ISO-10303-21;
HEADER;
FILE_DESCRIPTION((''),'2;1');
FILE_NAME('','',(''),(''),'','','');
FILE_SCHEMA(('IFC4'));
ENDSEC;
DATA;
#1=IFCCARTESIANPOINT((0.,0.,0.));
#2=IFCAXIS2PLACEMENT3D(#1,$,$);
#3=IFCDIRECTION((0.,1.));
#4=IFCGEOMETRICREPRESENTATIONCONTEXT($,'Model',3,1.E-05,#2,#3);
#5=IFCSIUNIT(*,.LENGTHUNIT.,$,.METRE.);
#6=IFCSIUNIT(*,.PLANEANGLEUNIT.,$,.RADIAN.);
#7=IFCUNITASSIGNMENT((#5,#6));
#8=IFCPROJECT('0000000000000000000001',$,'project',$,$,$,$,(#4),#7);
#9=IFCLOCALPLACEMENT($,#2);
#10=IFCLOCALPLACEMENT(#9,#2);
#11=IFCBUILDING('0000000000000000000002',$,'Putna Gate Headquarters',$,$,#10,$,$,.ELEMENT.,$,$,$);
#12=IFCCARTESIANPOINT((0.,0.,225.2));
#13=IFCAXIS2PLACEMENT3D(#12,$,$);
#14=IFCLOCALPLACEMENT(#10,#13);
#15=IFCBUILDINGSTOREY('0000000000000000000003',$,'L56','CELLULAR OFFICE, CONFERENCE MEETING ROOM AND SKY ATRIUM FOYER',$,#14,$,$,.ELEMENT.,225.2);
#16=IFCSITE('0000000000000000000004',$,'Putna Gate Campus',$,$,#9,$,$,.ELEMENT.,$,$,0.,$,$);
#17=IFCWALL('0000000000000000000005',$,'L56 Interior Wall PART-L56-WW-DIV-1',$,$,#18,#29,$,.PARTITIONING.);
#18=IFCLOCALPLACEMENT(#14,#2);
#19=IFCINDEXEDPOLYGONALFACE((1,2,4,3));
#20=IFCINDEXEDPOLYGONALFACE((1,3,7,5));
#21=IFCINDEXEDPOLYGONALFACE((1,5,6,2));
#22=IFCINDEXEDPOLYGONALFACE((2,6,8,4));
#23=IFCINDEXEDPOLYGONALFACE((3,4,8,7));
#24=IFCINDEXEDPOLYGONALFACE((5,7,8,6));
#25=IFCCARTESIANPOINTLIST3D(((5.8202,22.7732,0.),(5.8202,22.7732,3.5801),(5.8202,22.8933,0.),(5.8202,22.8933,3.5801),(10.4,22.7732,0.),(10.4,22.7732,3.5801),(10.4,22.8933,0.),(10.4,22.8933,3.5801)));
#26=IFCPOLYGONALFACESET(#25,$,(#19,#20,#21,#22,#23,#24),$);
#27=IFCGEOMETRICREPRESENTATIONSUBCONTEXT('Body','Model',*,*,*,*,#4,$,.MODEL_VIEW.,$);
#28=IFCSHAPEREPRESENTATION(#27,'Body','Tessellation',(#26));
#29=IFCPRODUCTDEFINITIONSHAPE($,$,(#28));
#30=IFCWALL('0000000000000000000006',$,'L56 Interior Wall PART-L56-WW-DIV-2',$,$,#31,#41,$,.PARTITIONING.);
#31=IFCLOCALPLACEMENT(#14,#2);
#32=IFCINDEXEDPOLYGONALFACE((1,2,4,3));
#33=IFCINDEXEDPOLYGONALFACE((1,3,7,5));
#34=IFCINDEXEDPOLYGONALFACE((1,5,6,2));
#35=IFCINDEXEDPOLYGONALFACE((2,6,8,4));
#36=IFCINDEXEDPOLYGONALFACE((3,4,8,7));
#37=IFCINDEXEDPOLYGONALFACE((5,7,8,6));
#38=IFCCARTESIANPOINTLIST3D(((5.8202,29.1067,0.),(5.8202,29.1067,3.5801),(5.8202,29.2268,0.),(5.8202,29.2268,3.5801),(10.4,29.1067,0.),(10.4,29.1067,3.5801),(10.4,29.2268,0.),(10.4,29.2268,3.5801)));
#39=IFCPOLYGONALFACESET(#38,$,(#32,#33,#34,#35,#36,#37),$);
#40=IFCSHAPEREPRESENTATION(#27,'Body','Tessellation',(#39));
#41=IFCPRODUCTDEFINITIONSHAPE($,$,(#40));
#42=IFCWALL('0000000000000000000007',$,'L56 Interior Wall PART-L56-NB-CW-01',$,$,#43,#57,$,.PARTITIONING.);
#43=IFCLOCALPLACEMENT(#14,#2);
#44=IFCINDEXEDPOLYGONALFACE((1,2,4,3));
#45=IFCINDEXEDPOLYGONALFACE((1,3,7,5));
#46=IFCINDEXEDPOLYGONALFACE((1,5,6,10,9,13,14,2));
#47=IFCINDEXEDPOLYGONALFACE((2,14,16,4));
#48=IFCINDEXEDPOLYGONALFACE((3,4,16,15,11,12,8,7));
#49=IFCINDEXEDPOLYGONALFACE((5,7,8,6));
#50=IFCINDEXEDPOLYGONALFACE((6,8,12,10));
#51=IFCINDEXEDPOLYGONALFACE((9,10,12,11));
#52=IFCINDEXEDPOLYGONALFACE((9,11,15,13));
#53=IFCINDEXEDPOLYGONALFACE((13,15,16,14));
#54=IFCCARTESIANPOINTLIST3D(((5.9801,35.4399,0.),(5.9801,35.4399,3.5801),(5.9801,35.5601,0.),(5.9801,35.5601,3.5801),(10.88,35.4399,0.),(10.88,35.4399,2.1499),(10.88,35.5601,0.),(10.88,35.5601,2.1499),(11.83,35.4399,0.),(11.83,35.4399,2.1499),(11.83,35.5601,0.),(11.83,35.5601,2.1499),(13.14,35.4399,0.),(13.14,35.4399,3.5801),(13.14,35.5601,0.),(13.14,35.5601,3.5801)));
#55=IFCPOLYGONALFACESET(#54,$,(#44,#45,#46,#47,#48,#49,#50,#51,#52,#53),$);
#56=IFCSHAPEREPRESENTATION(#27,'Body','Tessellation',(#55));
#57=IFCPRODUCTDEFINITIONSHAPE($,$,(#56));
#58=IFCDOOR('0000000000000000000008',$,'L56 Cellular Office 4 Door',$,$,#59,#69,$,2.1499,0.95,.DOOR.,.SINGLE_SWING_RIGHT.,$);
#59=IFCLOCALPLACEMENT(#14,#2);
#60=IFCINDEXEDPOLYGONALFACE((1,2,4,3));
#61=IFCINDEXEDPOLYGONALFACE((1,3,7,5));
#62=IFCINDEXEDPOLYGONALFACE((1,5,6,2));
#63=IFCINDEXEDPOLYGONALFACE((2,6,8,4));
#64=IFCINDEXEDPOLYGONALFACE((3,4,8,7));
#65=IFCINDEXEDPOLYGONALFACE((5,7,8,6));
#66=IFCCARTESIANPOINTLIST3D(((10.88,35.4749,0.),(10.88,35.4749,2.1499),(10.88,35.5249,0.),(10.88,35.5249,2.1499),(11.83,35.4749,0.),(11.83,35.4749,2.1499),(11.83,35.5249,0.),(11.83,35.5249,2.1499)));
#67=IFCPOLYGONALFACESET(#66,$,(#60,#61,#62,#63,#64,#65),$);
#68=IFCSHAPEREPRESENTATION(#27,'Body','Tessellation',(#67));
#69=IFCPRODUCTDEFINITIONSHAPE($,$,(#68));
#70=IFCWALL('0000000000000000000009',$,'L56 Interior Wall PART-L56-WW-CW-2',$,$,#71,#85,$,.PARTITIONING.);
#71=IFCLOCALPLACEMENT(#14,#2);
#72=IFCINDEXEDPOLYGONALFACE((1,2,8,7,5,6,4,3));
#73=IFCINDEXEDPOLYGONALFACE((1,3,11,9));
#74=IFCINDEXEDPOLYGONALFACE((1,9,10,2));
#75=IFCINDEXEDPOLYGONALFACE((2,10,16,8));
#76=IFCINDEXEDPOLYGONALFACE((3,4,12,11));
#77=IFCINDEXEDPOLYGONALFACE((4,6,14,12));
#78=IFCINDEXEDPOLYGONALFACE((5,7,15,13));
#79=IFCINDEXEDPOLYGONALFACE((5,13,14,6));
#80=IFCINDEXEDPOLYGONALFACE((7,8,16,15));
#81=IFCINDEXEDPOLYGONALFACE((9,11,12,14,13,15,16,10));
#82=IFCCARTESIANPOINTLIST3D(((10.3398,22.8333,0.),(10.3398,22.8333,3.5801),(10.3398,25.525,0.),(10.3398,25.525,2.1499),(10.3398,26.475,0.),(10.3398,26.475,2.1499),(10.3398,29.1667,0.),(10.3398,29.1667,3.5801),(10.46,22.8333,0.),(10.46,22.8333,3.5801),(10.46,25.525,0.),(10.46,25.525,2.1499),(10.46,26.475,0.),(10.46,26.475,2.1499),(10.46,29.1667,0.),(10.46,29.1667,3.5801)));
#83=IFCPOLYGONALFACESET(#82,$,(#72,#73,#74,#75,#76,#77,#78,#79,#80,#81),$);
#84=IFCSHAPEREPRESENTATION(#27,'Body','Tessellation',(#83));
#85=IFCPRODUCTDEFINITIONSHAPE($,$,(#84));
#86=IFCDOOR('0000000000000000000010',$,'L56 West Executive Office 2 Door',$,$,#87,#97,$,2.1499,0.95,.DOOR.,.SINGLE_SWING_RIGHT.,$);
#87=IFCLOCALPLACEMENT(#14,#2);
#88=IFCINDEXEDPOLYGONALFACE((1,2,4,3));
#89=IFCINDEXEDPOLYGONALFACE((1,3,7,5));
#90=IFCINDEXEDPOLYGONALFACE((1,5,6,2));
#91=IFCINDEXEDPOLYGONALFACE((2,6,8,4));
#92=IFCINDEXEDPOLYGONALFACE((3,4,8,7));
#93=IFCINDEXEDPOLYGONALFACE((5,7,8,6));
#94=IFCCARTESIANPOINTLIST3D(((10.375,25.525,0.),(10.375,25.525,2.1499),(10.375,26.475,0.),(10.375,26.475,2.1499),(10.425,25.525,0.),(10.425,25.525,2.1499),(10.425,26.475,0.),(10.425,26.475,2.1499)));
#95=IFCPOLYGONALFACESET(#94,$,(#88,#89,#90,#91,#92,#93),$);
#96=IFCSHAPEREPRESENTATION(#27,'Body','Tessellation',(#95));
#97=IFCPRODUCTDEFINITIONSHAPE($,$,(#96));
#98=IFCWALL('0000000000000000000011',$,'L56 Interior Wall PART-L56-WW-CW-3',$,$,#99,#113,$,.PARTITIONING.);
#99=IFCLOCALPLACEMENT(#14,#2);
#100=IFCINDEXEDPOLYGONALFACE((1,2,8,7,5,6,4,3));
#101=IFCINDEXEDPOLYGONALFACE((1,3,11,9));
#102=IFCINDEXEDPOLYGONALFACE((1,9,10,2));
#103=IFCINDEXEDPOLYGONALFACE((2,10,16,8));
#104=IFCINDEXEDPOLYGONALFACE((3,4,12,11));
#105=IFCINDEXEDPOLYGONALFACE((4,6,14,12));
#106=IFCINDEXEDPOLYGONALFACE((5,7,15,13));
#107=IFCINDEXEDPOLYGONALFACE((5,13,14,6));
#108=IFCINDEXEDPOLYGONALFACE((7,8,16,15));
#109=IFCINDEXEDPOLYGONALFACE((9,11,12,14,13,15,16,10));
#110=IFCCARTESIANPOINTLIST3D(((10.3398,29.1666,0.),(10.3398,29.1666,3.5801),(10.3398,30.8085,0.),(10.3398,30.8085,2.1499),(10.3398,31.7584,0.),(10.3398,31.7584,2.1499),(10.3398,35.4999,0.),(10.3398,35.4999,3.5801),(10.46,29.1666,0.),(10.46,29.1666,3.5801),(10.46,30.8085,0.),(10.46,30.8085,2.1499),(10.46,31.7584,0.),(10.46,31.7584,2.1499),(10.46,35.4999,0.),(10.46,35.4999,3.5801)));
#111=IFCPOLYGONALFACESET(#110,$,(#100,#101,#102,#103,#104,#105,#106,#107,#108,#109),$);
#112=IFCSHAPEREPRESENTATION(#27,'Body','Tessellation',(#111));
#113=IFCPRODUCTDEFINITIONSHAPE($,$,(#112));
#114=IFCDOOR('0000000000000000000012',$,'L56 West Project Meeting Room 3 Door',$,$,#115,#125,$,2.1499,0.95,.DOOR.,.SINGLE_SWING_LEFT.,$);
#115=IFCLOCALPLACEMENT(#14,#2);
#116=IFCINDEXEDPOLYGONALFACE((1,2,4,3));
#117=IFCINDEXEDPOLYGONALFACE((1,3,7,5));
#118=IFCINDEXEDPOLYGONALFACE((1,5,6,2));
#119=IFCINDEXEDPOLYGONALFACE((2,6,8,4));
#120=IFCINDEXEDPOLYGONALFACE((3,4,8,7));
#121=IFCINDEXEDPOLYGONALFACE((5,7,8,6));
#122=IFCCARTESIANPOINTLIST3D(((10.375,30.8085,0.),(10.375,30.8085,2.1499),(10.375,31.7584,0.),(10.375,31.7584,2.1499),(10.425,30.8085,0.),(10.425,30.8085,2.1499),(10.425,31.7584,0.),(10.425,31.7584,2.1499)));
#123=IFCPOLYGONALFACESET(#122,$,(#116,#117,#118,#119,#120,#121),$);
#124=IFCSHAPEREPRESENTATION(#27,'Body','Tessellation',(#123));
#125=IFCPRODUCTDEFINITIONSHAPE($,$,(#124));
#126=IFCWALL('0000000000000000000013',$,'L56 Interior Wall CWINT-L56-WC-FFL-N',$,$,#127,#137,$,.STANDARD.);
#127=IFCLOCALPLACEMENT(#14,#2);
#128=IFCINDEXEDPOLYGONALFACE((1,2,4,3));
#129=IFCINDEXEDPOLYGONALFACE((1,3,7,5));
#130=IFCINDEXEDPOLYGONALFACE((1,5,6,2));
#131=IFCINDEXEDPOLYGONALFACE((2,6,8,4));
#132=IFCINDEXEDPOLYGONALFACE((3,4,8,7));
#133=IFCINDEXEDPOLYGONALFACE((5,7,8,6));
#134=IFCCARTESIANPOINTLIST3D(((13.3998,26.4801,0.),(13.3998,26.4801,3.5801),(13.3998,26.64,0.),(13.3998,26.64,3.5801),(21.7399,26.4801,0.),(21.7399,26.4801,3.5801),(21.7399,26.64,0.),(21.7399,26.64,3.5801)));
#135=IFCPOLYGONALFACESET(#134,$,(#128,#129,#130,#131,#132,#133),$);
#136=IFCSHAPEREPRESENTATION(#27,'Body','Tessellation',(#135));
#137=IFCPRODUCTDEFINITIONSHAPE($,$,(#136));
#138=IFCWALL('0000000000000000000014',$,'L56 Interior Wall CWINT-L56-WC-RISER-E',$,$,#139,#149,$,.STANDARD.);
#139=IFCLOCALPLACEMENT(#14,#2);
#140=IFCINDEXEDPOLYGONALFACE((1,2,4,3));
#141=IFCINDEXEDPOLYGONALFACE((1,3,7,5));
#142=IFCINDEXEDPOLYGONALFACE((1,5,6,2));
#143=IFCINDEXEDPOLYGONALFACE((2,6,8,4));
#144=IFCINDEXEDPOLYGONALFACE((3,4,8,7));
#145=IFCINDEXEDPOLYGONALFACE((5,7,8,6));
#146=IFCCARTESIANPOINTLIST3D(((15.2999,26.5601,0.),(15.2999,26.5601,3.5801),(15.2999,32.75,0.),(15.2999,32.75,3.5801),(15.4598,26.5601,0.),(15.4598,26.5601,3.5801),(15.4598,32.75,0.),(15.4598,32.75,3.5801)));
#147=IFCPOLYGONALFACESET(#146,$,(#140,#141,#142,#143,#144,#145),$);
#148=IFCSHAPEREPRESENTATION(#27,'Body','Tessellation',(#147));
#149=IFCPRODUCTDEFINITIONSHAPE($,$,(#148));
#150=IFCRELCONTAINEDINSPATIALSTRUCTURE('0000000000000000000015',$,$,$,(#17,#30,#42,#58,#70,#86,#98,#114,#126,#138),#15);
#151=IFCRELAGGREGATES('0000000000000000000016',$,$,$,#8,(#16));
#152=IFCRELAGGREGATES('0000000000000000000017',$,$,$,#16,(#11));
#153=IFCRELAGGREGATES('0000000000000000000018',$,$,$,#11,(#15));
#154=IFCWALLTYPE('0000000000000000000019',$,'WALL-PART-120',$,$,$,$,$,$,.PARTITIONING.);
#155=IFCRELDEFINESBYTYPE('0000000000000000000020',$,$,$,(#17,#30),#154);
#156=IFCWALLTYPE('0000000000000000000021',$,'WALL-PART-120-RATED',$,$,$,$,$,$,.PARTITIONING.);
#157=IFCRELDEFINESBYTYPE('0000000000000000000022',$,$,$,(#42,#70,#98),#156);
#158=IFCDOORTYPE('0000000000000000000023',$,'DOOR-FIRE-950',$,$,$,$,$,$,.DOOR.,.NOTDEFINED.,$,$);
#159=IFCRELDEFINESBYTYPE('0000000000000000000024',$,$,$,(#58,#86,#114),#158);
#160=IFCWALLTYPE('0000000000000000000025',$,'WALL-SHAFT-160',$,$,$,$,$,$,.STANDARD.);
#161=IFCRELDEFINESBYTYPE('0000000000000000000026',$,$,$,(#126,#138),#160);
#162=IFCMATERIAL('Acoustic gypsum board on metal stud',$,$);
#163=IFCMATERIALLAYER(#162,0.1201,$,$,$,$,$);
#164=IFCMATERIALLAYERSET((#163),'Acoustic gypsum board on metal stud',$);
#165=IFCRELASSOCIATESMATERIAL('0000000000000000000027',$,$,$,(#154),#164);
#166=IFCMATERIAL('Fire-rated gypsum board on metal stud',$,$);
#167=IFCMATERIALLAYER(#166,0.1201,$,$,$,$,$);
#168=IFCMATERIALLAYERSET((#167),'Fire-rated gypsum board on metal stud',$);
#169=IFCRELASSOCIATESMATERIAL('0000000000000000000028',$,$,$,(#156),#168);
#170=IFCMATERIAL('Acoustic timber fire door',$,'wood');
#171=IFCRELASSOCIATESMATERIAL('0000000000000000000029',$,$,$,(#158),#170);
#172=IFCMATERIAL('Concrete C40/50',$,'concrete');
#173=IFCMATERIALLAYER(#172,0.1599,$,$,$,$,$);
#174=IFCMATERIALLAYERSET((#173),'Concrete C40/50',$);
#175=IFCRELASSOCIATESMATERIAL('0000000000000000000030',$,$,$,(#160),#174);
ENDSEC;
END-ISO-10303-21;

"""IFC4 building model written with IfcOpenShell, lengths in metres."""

from ifc_helpers import new_model, si_unit, direction, frame, frame_2d, origin, place, context, subcontext, project, spatial, rectangle, extrude, material, layer, layer_set, type_object, element, fill, save


model = new_model("IFC4")

# Units and contexts
model_context = context("Model", 3, precision=1e-05, world=origin(), true_north=direction((0.0, 1.0)))
body_context = subcontext(model_context, "Body", "Model", "MODEL_VIEW")
ifc_project = project(units=[si_unit("LENGTHUNIT", "METRE"), si_unit("PLANEANGLEUNIT", "RADIAN")], contexts=[model_context])

# Site, building, storey
site_placement = place(None, origin())
site = spatial("IfcSite", under=ifc_project, at=site_placement, Name="Putna Gate Campus", CompositionType="ELEMENT", RefElevation=0.0)
building_placement = place(site_placement, origin())
building = spatial("IfcBuilding", under=site, at=building_placement, Name="Putna Gate Headquarters", CompositionType="ELEMENT")
storey_placement = place(building_placement, frame((0.0, 0.0, 225.2)))
storey = spatial("IfcBuildingStorey", under=building, at=storey_placement, Name="L56", Description="CELLULAR OFFICE, CONFERENCE MEETING ROOM AND SKY ATRIUM FOYER", CompositionType="ELEMENT", Elevation=225.2)

# Walls
ifc_material_1 = material(Name="Acoustic gypsum board on metal stud")
ifc_layer_1 = layer(ifc_material_1, 0.1201)
ifc_layer_set_1 = layer_set([ifc_layer_1], Name="Acoustic gypsum board on metal stud")
wall_type_1 = type_object("IfcWallType", Name="WALL-PART-120", PredefinedType="PARTITIONING", material=ifc_layer_set_1)
for number, where, z_axis, x_axis, name in (
    (1, (5.8201, 22.8333, 0.0), (0.0, 0.0, 1.0), (1.0, 0.0, 0.0), "L56 Interior Wall PART-L56-WW-DIV-1"),
    (2, (5.8201, 29.1667, 0.0), (0.0, 0.0, 1.0), (1.0, 0.0, 0.0), "L56 Interior Wall PART-L56-WW-DIV-2"),
):
    element("IfcWall", number, at=place(storey_placement, frame(where, z_axis=z_axis, x_axis=x_axis)), inside=storey, type_object=wall_type_1, Name=name, PredefinedType="PARTITIONING", context=body_context, shape_type="SweptSolid", body=[
        extrude(rectangle(XDim=4.5798, YDim=0.1201, at=frame_2d((2.29, 0.0))), origin(), (0.0, 0.0, 1.0), 3.5801),
    ])

# Walls, openings, doors
ifc_material_2 = material(Name="Fire-rated gypsum board on metal stud")
ifc_layer_2 = layer(ifc_material_2, 0.1201)
ifc_layer_set_2 = layer_set([ifc_layer_2], Name="Fire-rated gypsum board on metal stud")
wall_type_2 = type_object("IfcWallType", Name="WALL-PART-120-RATED", PredefinedType="PARTITIONING", material=ifc_layer_set_2)
wall_1_placement = place(storey_placement, frame((5.98, 35.5, 0.0), z_axis=(0.0, 0.0, 1.0), x_axis=(1.0, 0.0, 0.0)))
wall_1 = element("IfcWall", 3, at=wall_1_placement, inside=storey, type_object=wall_type_2, Name="L56 Interior Wall PART-L56-NB-CW-01", PredefinedType="PARTITIONING", context=body_context, shape_type="SweptSolid", body=[
    extrude(rectangle(XDim=7.1599, YDim=0.1201, at=frame_2d((3.5801, 0.0))), origin(), (0.0, 0.0, 1.0), 3.5801),
])
opening_1_placement = place(wall_1_placement, frame((4.8999, 0.0, 0.0)))
opening_1 = element("IfcOpeningElement", 4, at=opening_1_placement, cuts=wall_1, PredefinedType="OPENING", context=body_context, shape_type="SweptSolid", body=[
    extrude(rectangle(XDim=0.95, YDim=2.1499, at=frame_2d((0.4751, 1.075))), frame((0.0, 0.0701, 0.0), z_axis=(0.0, -1.0, 0.0), x_axis=(1.0, 0.0, 0.0)), (0.0, 0.0, 1.0), 0.1401),
])
ifc_material_3 = material(Name="Acoustic timber fire door", Category="wood")
door_type_1 = type_object("IfcDoorType", Name="DOOR-FIRE-950", OperationType="NOTDEFINED", PredefinedType="DOOR", material=ifc_material_3)
door_1_placement = place(opening_1_placement, origin())
door_1 = element("IfcDoor", 5, at=door_1_placement, inside=storey, type_object=door_type_1, Name="L56 Cellular Office 4 Door", OperationType="SINGLE_SWING_RIGHT", OverallHeight=2.1499, OverallWidth=0.95, PredefinedType="DOOR", context=body_context, shape_type="SweptSolid", body=[
    extrude(rectangle(XDim=0.95, YDim=2.1499, at=frame_2d((0.4751, 1.075))), frame((0.0, 0.0249, 0.0), z_axis=(0.0, -1.0, 0.0), x_axis=(1.0, 0.0, 0.0)), (0.0, 0.0, 1.0), 0.05),
])
fill(opening_1, door_1)
wall_2_placement = place(storey_placement, frame((10.3999, 22.8333, 0.0), z_axis=(0.0, 0.0, 1.0), x_axis=(0.0, 1.0, 0.0)))
wall_2 = element("IfcWall", 6, at=wall_2_placement, inside=storey, type_object=wall_type_2, Name="L56 Interior Wall PART-L56-WW-CW-2", PredefinedType="PARTITIONING", context=body_context, shape_type="SweptSolid", body=[
    extrude(rectangle(XDim=6.3335, YDim=0.1201, at=frame_2d((3.1667, 0.0))), origin(), (0.0, 0.0, 1.0), 3.5801),
])
opening_2_placement = place(wall_2_placement, frame((2.6917, 0.0, 0.0)))
opening_2 = element("IfcOpeningElement", 7, at=opening_2_placement, cuts=wall_2, PredefinedType="OPENING", context=body_context, shape_type="SweptSolid", body=[
    extrude(rectangle(XDim=0.95, YDim=2.1499, at=frame_2d((0.4751, 1.075))), frame((0.0, 0.0701, 0.0), z_axis=(0.0, -1.0, 0.0), x_axis=(1.0, 0.0, 0.0)), (0.0, 0.0, 1.0), 0.1401),
])
door_2_placement = place(opening_2_placement, origin())
door_2 = element("IfcDoor", 8, at=door_2_placement, inside=storey, type_object=door_type_1, Name="L56 West Executive Office 2 Door", OperationType="SINGLE_SWING_RIGHT", OverallHeight=2.1499, OverallWidth=0.95, PredefinedType="DOOR", context=body_context, shape_type="SweptSolid", body=[
    extrude(rectangle(XDim=0.95, YDim=2.1499, at=frame_2d((0.4751, 1.075))), frame((0.0, 0.0249, 0.0), z_axis=(0.0, -1.0, 0.0), x_axis=(1.0, 0.0, 0.0)), (0.0, 0.0, 1.0), 0.05),
])
fill(opening_2, door_2)
wall_3_placement = place(storey_placement, frame((10.3999, 29.1667, 0.0), z_axis=(0.0, 0.0, 1.0), x_axis=(0.0, 1.0, 0.0)))
wall_3 = element("IfcWall", 9, at=wall_3_placement, inside=storey, type_object=wall_type_2, Name="L56 Interior Wall PART-L56-WW-CW-3", PredefinedType="PARTITIONING", context=body_context, shape_type="SweptSolid", body=[
    extrude(rectangle(XDim=6.3333, YDim=0.1201, at=frame_2d((3.1665, 0.0))), origin(), (0.0, 0.0, 1.0), 3.5801),
])
opening_3_placement = place(wall_3_placement, frame((1.6416, 0.0, 0.0)))
opening_3 = element("IfcOpeningElement", 10, at=opening_3_placement, cuts=wall_3, PredefinedType="OPENING", context=body_context, shape_type="SweptSolid", body=[
    extrude(rectangle(XDim=0.95, YDim=2.1499, at=frame_2d((0.4751, 1.075))), frame((0.0, 0.0701, 0.0), z_axis=(0.0, -1.0, 0.0), x_axis=(1.0, 0.0, 0.0)), (0.0, 0.0, 1.0), 0.1401),
])
door_3_placement = place(opening_3_placement, origin())
door_3 = element("IfcDoor", 11, at=door_3_placement, inside=storey, type_object=door_type_1, Name="L56 West Project Meeting Room 3 Door", OperationType="SINGLE_SWING_LEFT", OverallHeight=2.1499, OverallWidth=0.95, PredefinedType="DOOR", context=body_context, shape_type="SweptSolid", body=[
    extrude(rectangle(XDim=0.95, YDim=2.1499, at=frame_2d((0.4751, 1.075))), frame((0.0, 0.0249, 0.0), z_axis=(0.0, -1.0, 0.0), x_axis=(1.0, 0.0, 0.0)), (0.0, 0.0, 1.0), 0.05),
])
fill(opening_3, door_3)

# Walls
ifc_material_4 = material(Name="Concrete C40/50", Category="concrete")
ifc_layer_3 = layer(ifc_material_4, 0.1599)
ifc_layer_set_3 = layer_set([ifc_layer_3], Name="Concrete C40/50")
wall_type_3 = type_object("IfcWallType", Name="WALL-SHAFT-160", PredefinedType="STANDARD", material=ifc_layer_set_3)
wall_4_placement = place(storey_placement, frame((13.3999, 26.5601, 0.0), z_axis=(0.0, 0.0, 1.0), x_axis=(1.0, 0.0, 0.0)))
element("IfcWall", 12, at=wall_4_placement, inside=storey, type_object=wall_type_3, Name="L56 Interior Wall CWINT-L56-WC-FFL-N", PredefinedType="STANDARD", context=body_context, shape_type="SweptSolid", body=[
    extrude(rectangle(XDim=8.3401, YDim=0.1599, at=frame_2d((4.1699, 0.0))), origin(), (0.0, 0.0, 1.0), 3.5801),
])
wall_5_placement = place(storey_placement, frame((15.3799, 26.5601, 0.0), z_axis=(0.0, 0.0, 1.0), x_axis=(0.0, 1.0, 0.0)))
element("IfcWall", 13, at=wall_5_placement, inside=storey, type_object=wall_type_3, Name="L56 Interior Wall CWINT-L56-WC-RISER-E", PredefinedType="STANDARD", context=body_context, shape_type="SweptSolid", body=[
    extrude(rectangle(XDim=6.1899, YDim=0.1599, at=frame_2d((3.095, 0.0))), origin(), (0.0, 0.0, 1.0), 3.5801),
])

save(model, "model.ifc")
